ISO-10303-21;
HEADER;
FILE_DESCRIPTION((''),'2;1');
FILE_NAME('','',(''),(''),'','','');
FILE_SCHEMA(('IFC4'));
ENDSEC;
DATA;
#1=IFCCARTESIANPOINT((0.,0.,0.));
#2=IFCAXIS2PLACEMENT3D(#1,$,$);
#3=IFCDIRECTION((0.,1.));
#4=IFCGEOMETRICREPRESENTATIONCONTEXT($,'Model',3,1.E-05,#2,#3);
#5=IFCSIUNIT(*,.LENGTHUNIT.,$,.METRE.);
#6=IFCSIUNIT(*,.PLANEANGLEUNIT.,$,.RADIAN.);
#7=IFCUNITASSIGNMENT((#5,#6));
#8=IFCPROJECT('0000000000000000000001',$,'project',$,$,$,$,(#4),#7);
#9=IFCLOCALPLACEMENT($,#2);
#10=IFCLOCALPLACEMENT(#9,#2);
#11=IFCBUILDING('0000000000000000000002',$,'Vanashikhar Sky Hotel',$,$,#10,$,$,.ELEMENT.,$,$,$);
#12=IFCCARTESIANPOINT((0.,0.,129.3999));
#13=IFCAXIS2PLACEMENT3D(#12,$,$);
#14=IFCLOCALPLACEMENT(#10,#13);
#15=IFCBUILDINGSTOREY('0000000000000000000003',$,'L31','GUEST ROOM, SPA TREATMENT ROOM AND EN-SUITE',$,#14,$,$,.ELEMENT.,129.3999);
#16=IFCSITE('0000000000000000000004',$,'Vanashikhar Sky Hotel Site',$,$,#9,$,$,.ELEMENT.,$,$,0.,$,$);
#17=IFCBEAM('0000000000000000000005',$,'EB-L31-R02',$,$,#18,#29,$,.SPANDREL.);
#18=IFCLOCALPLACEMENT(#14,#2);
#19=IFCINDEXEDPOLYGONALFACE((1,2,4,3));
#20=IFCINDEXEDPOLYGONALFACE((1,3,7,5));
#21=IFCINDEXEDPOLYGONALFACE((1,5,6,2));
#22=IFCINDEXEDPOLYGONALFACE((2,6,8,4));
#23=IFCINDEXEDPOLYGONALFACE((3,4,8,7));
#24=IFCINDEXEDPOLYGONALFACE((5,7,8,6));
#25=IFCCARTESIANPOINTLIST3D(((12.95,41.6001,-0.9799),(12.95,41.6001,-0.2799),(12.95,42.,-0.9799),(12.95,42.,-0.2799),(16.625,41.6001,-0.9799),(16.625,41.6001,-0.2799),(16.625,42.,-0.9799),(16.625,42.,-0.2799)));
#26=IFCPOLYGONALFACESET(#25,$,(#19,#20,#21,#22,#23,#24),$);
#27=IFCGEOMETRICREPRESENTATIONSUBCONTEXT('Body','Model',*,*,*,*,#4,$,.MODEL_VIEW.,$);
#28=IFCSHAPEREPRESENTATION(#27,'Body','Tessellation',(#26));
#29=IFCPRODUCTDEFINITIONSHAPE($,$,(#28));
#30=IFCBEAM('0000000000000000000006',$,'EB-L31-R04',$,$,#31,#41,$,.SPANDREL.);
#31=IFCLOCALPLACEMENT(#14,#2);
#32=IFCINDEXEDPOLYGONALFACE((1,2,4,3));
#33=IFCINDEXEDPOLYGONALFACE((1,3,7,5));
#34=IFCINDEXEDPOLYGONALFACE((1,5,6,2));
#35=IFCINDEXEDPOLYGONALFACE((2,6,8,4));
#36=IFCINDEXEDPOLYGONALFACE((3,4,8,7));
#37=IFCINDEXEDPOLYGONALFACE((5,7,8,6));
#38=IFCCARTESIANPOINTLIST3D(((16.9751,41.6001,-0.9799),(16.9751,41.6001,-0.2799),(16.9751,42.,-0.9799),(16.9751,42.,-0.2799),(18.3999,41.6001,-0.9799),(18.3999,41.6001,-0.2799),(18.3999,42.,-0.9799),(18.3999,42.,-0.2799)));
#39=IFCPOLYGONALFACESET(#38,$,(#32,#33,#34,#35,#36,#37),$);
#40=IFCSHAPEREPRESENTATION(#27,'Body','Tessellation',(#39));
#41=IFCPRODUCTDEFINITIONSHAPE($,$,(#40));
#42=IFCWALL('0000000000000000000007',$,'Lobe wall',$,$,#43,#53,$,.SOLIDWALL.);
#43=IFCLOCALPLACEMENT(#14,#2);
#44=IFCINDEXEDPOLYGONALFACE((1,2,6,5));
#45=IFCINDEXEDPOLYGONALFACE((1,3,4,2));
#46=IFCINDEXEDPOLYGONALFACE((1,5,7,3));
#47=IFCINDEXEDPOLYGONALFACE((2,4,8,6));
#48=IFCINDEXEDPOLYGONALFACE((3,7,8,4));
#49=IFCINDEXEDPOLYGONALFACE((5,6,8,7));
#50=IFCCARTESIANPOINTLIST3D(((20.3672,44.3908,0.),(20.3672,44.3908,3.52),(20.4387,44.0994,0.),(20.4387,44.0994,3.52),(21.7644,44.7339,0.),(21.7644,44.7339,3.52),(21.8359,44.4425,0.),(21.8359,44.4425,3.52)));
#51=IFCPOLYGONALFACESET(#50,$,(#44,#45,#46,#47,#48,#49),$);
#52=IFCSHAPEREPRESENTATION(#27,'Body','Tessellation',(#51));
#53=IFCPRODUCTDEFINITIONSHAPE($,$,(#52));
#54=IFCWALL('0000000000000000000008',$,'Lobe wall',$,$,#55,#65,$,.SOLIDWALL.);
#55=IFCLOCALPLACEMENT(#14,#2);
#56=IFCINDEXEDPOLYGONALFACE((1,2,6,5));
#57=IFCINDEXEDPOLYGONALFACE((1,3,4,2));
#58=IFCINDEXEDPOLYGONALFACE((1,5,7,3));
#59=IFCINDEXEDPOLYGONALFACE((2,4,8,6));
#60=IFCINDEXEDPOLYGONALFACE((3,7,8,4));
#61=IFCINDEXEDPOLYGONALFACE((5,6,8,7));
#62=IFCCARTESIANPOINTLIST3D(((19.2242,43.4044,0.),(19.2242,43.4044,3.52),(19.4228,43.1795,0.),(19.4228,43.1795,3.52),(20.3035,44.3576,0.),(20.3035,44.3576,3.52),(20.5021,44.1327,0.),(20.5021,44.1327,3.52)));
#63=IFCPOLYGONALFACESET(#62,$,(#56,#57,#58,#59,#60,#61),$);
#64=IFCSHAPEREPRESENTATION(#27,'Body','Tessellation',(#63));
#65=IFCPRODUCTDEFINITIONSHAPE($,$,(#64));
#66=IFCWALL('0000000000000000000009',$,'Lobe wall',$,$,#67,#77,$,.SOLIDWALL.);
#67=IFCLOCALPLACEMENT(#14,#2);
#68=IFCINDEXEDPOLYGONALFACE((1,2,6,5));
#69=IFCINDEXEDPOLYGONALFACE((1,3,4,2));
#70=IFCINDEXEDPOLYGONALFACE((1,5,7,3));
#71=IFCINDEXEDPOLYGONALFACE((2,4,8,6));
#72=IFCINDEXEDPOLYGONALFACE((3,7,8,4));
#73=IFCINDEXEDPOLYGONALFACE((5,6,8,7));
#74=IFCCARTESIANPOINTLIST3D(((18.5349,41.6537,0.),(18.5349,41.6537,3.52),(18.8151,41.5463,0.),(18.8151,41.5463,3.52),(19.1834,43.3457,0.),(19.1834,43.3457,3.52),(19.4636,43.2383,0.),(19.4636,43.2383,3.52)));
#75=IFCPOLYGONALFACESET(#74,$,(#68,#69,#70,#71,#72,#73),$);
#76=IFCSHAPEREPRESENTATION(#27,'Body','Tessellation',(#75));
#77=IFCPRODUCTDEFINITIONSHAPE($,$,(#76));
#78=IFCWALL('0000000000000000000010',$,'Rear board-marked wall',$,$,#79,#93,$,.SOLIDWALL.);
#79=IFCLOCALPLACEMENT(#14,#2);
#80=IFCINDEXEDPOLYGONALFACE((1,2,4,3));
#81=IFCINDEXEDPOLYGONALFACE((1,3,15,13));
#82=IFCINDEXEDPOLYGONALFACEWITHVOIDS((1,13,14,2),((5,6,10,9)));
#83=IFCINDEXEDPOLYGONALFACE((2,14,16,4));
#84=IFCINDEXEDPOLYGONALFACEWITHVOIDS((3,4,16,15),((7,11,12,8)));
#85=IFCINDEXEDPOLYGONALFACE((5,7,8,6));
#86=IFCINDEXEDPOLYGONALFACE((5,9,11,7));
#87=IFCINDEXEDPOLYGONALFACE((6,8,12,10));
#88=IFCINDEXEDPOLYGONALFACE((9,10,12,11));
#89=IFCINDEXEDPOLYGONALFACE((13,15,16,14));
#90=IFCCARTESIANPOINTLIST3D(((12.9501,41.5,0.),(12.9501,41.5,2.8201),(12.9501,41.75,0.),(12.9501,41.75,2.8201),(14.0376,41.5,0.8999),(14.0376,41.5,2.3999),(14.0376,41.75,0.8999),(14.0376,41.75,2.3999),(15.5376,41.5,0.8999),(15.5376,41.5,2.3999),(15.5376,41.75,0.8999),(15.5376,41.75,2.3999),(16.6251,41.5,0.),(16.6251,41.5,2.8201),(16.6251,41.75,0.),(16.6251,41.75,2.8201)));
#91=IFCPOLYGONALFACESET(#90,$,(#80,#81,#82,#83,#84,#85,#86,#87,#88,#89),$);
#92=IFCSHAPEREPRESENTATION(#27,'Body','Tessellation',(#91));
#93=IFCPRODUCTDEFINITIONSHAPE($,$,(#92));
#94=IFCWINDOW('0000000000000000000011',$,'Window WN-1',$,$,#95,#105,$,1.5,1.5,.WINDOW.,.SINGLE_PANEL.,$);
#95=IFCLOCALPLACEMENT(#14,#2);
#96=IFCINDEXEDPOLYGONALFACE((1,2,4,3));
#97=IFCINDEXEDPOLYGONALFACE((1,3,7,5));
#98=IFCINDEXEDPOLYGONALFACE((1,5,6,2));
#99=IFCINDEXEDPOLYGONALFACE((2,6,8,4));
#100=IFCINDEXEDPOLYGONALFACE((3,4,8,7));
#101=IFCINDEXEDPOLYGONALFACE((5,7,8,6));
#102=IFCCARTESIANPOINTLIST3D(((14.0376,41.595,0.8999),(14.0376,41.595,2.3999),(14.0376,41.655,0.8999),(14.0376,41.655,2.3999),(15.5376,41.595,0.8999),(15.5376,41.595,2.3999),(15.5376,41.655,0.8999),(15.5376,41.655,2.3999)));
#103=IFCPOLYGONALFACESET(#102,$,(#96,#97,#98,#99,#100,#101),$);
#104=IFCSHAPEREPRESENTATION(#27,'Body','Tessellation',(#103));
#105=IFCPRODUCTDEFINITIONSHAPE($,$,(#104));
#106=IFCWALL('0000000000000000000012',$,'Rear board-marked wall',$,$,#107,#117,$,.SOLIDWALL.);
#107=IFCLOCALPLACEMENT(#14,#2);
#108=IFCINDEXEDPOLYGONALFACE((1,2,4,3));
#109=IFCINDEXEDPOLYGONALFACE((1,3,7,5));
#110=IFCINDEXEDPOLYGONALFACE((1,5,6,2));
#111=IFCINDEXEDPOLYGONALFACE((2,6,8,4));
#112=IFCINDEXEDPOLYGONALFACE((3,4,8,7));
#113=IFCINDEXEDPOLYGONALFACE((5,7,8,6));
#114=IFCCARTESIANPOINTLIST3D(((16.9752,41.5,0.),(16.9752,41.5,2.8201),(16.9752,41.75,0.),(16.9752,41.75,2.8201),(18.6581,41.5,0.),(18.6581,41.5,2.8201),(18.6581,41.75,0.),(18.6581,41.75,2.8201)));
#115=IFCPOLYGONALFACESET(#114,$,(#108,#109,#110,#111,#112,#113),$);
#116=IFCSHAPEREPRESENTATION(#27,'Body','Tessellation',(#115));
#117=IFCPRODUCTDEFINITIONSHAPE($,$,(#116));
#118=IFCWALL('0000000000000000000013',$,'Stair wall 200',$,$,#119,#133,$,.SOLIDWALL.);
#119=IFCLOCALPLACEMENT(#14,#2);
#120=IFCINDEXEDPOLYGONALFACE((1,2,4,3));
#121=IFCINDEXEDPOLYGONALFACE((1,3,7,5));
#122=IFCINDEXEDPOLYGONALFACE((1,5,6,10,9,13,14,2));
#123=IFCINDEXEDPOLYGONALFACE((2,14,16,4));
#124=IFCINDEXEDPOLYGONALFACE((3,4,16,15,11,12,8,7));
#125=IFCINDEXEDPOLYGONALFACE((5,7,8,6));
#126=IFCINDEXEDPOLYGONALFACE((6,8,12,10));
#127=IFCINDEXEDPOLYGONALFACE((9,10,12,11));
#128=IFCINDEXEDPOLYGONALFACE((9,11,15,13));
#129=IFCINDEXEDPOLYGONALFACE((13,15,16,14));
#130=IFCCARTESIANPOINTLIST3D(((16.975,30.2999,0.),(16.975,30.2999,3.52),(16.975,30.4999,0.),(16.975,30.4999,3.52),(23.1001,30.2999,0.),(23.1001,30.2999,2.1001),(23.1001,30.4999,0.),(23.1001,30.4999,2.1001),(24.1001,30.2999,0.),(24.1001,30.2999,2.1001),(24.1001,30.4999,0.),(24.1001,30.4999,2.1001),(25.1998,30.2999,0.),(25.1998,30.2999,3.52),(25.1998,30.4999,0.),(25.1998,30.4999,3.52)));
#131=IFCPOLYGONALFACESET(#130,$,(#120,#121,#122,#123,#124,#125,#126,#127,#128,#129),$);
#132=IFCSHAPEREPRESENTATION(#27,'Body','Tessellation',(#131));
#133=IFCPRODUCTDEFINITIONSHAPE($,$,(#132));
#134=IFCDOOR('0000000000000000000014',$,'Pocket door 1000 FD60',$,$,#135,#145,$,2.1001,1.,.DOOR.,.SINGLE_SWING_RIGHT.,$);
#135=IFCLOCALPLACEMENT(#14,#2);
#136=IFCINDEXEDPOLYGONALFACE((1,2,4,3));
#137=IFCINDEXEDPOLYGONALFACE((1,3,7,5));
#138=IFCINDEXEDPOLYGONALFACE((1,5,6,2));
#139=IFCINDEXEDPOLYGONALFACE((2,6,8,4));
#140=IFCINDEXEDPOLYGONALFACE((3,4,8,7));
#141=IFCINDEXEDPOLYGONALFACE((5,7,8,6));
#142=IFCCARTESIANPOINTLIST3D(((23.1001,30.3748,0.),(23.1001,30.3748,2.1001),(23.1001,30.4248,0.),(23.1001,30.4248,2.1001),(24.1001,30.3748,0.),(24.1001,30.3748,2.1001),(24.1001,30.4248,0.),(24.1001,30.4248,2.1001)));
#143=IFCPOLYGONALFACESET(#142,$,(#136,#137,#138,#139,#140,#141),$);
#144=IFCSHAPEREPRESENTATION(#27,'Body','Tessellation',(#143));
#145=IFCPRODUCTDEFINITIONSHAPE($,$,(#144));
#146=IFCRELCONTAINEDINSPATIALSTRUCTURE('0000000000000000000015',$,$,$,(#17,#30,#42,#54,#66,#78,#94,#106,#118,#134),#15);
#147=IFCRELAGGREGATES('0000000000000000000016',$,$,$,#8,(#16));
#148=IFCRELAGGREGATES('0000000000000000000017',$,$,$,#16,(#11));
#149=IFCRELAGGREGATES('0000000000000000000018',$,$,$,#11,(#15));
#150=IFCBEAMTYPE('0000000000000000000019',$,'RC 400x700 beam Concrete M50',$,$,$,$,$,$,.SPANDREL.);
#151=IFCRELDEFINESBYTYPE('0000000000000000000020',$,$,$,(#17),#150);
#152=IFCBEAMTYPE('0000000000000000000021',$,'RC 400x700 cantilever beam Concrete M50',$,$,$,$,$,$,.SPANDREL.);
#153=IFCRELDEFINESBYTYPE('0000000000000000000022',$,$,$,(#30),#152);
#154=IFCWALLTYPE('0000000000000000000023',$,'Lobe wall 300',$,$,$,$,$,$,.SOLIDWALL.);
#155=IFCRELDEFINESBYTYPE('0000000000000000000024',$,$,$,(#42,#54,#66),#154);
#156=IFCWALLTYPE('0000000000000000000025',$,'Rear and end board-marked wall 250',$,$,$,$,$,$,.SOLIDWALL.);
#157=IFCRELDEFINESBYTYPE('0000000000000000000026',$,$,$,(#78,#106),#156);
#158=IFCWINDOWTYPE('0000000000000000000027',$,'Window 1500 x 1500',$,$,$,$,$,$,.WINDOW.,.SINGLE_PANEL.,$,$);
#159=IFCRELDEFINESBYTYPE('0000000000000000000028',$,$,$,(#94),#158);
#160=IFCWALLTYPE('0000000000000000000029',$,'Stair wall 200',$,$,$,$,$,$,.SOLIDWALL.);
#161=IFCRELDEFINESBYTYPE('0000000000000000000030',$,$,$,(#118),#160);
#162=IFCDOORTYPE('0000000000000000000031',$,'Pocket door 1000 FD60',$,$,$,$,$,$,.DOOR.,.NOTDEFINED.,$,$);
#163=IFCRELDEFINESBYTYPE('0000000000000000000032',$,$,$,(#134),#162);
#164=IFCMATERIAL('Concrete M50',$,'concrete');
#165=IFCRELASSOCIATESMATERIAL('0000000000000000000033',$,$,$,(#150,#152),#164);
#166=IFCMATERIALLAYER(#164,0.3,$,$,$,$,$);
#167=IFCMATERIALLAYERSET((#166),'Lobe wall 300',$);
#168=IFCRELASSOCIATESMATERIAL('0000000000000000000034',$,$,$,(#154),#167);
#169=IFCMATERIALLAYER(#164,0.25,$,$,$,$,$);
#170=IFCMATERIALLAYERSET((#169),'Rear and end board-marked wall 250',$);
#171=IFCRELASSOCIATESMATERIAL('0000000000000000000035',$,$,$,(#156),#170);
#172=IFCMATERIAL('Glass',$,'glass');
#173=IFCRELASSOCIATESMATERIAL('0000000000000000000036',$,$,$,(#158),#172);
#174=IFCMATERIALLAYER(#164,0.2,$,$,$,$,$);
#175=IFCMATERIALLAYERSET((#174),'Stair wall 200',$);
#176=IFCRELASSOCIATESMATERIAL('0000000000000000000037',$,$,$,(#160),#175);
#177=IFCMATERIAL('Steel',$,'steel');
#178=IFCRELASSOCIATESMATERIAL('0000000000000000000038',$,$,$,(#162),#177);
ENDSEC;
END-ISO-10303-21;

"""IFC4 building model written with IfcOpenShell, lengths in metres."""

from ifc_helpers import new_model, si_unit, direction, frame, frame_2d, origin, origin_2d, place, context, subcontext, project, spatial, rectangle, extrude, source, transform, mapped, material, layer, layer_set, material_profile, profile_set, type_object, element, fill, save


model = new_model("IFC4")

# Units and contexts
model_context = context("Model", 3, precision=1e-05, world=origin(), true_north=direction((0.0, 1.0)))
body_context = subcontext(model_context, "Body", "Model", "MODEL_VIEW")
ifc_project = project(units=[si_unit("LENGTHUNIT", "METRE"), si_unit("PLANEANGLEUNIT", "RADIAN")], contexts=[model_context])

# Site, building, storey
site_placement = place(None, origin())
site = spatial("IfcSite", under=ifc_project, at=site_placement, Name="Vanashikhar Sky Hotel Site", CompositionType="ELEMENT", RefElevation=0.0)
building_placement = place(site_placement, origin())
building = spatial("IfcBuilding", under=site, at=building_placement, Name="Vanashikhar Sky Hotel", CompositionType="ELEMENT")
storey_placement = place(building_placement, frame((0.0, 0.0, 129.3999)))
storey = spatial("IfcBuildingStorey", under=building, at=storey_placement, Name="L31", Description="GUEST ROOM, SPA TREATMENT ROOM AND EN-SUITE", CompositionType="ELEMENT", Elevation=129.3999)

# Beams
ifc_material_1 = material(Name="Concrete M50", Category="concrete")
ifc_material_profile_1 = material_profile(ifc_material_1, rectangle(XDim=0.3999, YDim=0.7, at=origin_2d()))
ifc_profile_set_1 = profile_set([ifc_material_profile_1], Name="RC 400x700 beam Concrete M50")
beam_type_1 = type_object("IfcBeamType", Name="RC 400x700 beam Concrete M50", PredefinedType="SPANDREL", material=ifc_profile_set_1)
shared_shape_1 = source(origin(), body_context, "Body", "SweptSolid", [
    extrude(rectangle(XDim=0.3999, YDim=0.7, at=origin_2d()), origin(), (0.0, 0.0, 1.0), 3.675),
])
beam_1_placement = place(storey_placement, frame((12.95, 41.8, -0.6299), z_axis=(1.0, 0.0, 0.0), x_axis=(0.0, 1.0, 0.0)))
element("IfcBeam", 1, at=beam_1_placement, inside=storey, type_object=beam_type_1, Name="EB-L31-R02", PredefinedType="SPANDREL", context=body_context, shape_type="MappedRepresentation", body=[
    mapped(shared_shape_1, transform((0.0, 0.0, 0.0), scale=1.0)),
])
ifc_material_profile_2 = material_profile(ifc_material_1, rectangle(XDim=0.3999, YDim=0.7, at=origin_2d()))
ifc_profile_set_2 = profile_set([ifc_material_profile_2], Name="RC 400x700 cantilever beam Concrete M50")
beam_type_2 = type_object("IfcBeamType", Name="RC 400x700 cantilever beam Concrete M50", PredefinedType="SPANDREL", material=ifc_profile_set_2)
shared_shape_2 = source(origin(), body_context, "Body", "SweptSolid", [
    extrude(rectangle(XDim=0.3999, YDim=0.7, at=origin_2d()), origin(), (0.0, 0.0, 1.0), 1.4248),
])
beam_2_placement = place(storey_placement, frame((16.9751, 41.8, -0.6299), z_axis=(1.0, 0.0, 0.0), x_axis=(0.0, 1.0, 0.0)))
element("IfcBeam", 2, at=beam_2_placement, inside=storey, type_object=beam_type_2, Name="EB-L31-R04", PredefinedType="SPANDREL", context=body_context, shape_type="MappedRepresentation", body=[
    mapped(shared_shape_2, transform((0.0, 0.0, 0.0), scale=1.0)),
])

# Walls
ifc_layer_1 = layer(ifc_material_1, 0.3)
ifc_layer_set_1 = layer_set([ifc_layer_1], Name="Lobe wall 300")
wall_type_1 = type_object("IfcWallType", Name="Lobe wall 300", PredefinedType="SOLIDWALL", material=ifc_layer_set_1)
shared_shape_3 = source(origin(), body_context, "Body", "SweptSolid", [
    extrude(rectangle(XDim=1.4387, YDim=0.3, at=frame_2d((0.7192, 0.0))), origin(), (0.0, 0.0, 1.0), 3.52),
])
wall_1_placement = place(storey_placement, frame((21.8, 44.5881, 0.0), z_axis=(0.0, 0.0, 1.0), x_axis=(-0.971162, -0.238421, 0.0)))
element("IfcWall", 3, at=wall_1_placement, inside=storey, type_object=wall_type_1, Name="Lobe wall", PredefinedType="SOLIDWALL", context=body_context, shape_type="MappedRepresentation", body=[
    mapped(shared_shape_3, transform((0.0, 0.0, 0.0), scale=1.0)),
])
shared_shape_4 = source(origin(), body_context, "Body", "SweptSolid", [
    extrude(rectangle(XDim=1.4399, YDim=0.3, at=frame_2d((0.72, 0.0))), origin(), (0.0, 0.0, 1.0), 3.52),
])
wall_2_placement = place(storey_placement, frame((20.4028, 44.2451, 0.0), z_axis=(0.0, 0.0, 1.0), x_axis=(-0.749576, -0.661919, 0.0)))
element("IfcWall", 4, at=wall_2_placement, inside=storey, type_object=wall_type_1, Name="Lobe wall", PredefinedType="SOLIDWALL", context=body_context, shape_type="MappedRepresentation", body=[
    mapped(shared_shape_4, transform((0.0, 0.0, 0.0), scale=1.0)),
])
shared_shape_5 = source(origin(), body_context, "Body", "SweptSolid", [
    extrude(rectangle(XDim=1.812, YDim=0.3, at=frame_2d((0.906, 0.0))), origin(), (0.0, 0.0, 1.0), 3.52),
])
wall_3_placement = place(storey_placement, frame((19.3235, 43.292, 0.0), z_axis=(0.0, 0.0, 1.0), x_axis=(-0.357877, -0.933769, 0.0)))
element("IfcWall", 5, at=wall_3_placement, inside=storey, type_object=wall_type_1, Name="Lobe wall", PredefinedType="SOLIDWALL", context=body_context, shape_type="MappedRepresentation", body=[
    mapped(shared_shape_5, transform((0.0, 0.0, 0.0), scale=1.0)),
])

# Wall, opening, window
ifc_layer_2 = layer(ifc_material_1, 0.25)
ifc_layer_set_2 = layer_set([ifc_layer_2], Name="Rear and end board-marked wall 250")
wall_type_2 = type_object("IfcWallType", Name="Rear and end board-marked wall 250", PredefinedType="SOLIDWALL", material=ifc_layer_set_2)
shared_shape_6 = source(origin(), body_context, "Body", "SweptSolid", [
    extrude(rectangle(XDim=3.675, YDim=0.25, at=frame_2d((1.8374, 0.0))), origin(), (0.0, 0.0, 1.0), 2.8201),
])
wall_4_placement = place(storey_placement, frame((16.625, 41.625, 0.0), z_axis=(0.0, 0.0, 1.0), x_axis=(-1.0, 0.0, 0.0)))
wall_4 = element("IfcWall", 6, at=wall_4_placement, inside=storey, type_object=wall_type_2, Name="Rear board-marked wall", PredefinedType="SOLIDWALL", context=body_context, shape_type="MappedRepresentation", body=[
    mapped(shared_shape_6, transform((0.0, 0.0, 0.0), scale=1.0)),
])
shared_shape_7 = source(origin(), body_context, "Body", "SweptSolid", [
    extrude(rectangle(XDim=1.5, YDim=1.5, at=frame_2d((0.75, 0.75))), frame((0.0, 0.135, 0.0), z_axis=(0.0, -1.0, 0.0), x_axis=(1.0, 0.0, 0.0)), (0.0, 0.0, 1.0), 0.27),
])
opening_1_placement = place(wall_4_placement, frame((1.0874, 0.0, 0.8999)))
opening_1 = element("IfcOpeningElement", 7, at=opening_1_placement, cuts=wall_4, PredefinedType="OPENING", context=body_context, shape_type="MappedRepresentation", body=[
    mapped(shared_shape_7, transform((0.0, 0.0, 0.0), scale=1.0)),
])
ifc_material_2 = material(Name="Glass", Category="glass")
window_type = type_object("IfcWindowType", Name="Window 1500 x 1500", PartitioningType="SINGLE_PANEL", PredefinedType="WINDOW", material=ifc_material_2)
shared_shape_8 = source(origin(), body_context, "Body", "SweptSolid", [
    extrude(rectangle(XDim=1.5, YDim=1.5, at=frame_2d((0.75, 0.75))), frame((0.0, 0.03, 0.0), z_axis=(0.0, -1.0, 0.0), x_axis=(1.0, 0.0, 0.0)), (0.0, 0.0, 1.0), 0.0601),
])
window_placement = place(opening_1_placement, origin())
window = element("IfcWindow", 8, at=window_placement, inside=storey, type_object=window_type, Name="Window WN-1", OverallHeight=1.5, OverallWidth=1.5, PartitioningType="SINGLE_PANEL", PredefinedType="WINDOW", context=body_context, shape_type="MappedRepresentation", body=[
    mapped(shared_shape_8, transform((0.0, 0.0, 0.0), scale=1.0)),
])
fill(opening_1, window)

# Wall
shared_shape_9 = source(origin(), body_context, "Body", "SweptSolid", [
    extrude(rectangle(XDim=1.6829, YDim=0.25, at=frame_2d((0.8413, 0.0))), origin(), (0.0, 0.0, 1.0), 2.8201),
])
wall_5_placement = place(storey_placement, frame((18.658, 41.625, 0.0), z_axis=(0.0, 0.0, 1.0), x_axis=(-1.0, 0.0, 0.0)))
element("IfcWall", 9, at=wall_5_placement, inside=storey, type_object=wall_type_2, Name="Rear board-marked wall", PredefinedType="SOLIDWALL", context=body_context, shape_type="MappedRepresentation", body=[
    mapped(shared_shape_9, transform((0.0, 0.0, 0.0), scale=1.0)),
])

# Wall, opening, door
ifc_layer_3 = layer(ifc_material_1, 0.2)
ifc_layer_set_3 = layer_set([ifc_layer_3], Name="Stair wall 200")
wall_type_3 = type_object("IfcWallType", Name="Stair wall 200", PredefinedType="SOLIDWALL", material=ifc_layer_set_3)
shared_shape_10 = source(origin(), body_context, "Body", "SweptSolid", [
    extrude(rectangle(XDim=8.2249, YDim=0.2, at=frame_2d((4.1123, 0.0))), origin(), (0.0, 0.0, 1.0), 3.52),
])
wall_6_placement = place(storey_placement, frame((16.9751, 30.3999, 0.0), z_axis=(0.0, 0.0, 1.0), x_axis=(1.0, 0.0, 0.0)))
wall_6 = element("IfcWall", 10, at=wall_6_placement, inside=storey, type_object=wall_type_3, Name="Stair wall 200", PredefinedType="SOLIDWALL", context=body_context, shape_type="MappedRepresentation", body=[
    mapped(shared_shape_10, transform((0.0, 0.0, 0.0), scale=1.0)),
])
shared_shape_11 = source(origin(), body_context, "Body", "SweptSolid", [
    extrude(rectangle(XDim=1.0, YDim=2.1001, at=frame_2d((0.5, 1.05))), frame((0.0, 0.1099, 0.0), z_axis=(0.0, -1.0, 0.0), x_axis=(1.0, 0.0, 0.0)), (0.0, 0.0, 1.0), 0.22),
])
opening_2_placement = place(wall_6_placement, frame((6.125, 0.0, 0.0)))
opening_2 = element("IfcOpeningElement", 11, at=opening_2_placement, cuts=wall_6, PredefinedType="OPENING", context=body_context, shape_type="MappedRepresentation", body=[
    mapped(shared_shape_11, transform((0.0, 0.0, 0.0), scale=1.0)),
])
ifc_material_3 = material(Name="Steel", Category="steel")
door_type_1 = type_object("IfcDoorType", Name="Pocket door 1000 FD60", OperationType="NOTDEFINED", PredefinedType="DOOR", material=ifc_material_3)
shared_shape_12 = source(origin(), body_context, "Body", "SweptSolid", [
    extrude(rectangle(XDim=1.0, YDim=2.1001, at=frame_2d((0.5, 1.05))), frame((0.0, 0.0249, 0.0), z_axis=(0.0, -1.0, 0.0), x_axis=(1.0, 0.0, 0.0)), (0.0, 0.0, 1.0), 0.05),
])
door_1_placement = place(opening_2_placement, origin())
door_1 = element("IfcDoor", 12, at=door_1_placement, inside=storey, type_object=door_type_1, Name="Pocket door 1000 FD60", OperationType="SINGLE_SWING_RIGHT", OverallHeight=2.1001, OverallWidth=1.0, PredefinedType="DOOR", context=body_context, shape_type="MappedRepresentation", body=[
    mapped(shared_shape_12, transform((0.0, 0.0, 0.0), scale=1.0)),
])
fill(opening_2, door_1)

save(model, "model.ifc")
